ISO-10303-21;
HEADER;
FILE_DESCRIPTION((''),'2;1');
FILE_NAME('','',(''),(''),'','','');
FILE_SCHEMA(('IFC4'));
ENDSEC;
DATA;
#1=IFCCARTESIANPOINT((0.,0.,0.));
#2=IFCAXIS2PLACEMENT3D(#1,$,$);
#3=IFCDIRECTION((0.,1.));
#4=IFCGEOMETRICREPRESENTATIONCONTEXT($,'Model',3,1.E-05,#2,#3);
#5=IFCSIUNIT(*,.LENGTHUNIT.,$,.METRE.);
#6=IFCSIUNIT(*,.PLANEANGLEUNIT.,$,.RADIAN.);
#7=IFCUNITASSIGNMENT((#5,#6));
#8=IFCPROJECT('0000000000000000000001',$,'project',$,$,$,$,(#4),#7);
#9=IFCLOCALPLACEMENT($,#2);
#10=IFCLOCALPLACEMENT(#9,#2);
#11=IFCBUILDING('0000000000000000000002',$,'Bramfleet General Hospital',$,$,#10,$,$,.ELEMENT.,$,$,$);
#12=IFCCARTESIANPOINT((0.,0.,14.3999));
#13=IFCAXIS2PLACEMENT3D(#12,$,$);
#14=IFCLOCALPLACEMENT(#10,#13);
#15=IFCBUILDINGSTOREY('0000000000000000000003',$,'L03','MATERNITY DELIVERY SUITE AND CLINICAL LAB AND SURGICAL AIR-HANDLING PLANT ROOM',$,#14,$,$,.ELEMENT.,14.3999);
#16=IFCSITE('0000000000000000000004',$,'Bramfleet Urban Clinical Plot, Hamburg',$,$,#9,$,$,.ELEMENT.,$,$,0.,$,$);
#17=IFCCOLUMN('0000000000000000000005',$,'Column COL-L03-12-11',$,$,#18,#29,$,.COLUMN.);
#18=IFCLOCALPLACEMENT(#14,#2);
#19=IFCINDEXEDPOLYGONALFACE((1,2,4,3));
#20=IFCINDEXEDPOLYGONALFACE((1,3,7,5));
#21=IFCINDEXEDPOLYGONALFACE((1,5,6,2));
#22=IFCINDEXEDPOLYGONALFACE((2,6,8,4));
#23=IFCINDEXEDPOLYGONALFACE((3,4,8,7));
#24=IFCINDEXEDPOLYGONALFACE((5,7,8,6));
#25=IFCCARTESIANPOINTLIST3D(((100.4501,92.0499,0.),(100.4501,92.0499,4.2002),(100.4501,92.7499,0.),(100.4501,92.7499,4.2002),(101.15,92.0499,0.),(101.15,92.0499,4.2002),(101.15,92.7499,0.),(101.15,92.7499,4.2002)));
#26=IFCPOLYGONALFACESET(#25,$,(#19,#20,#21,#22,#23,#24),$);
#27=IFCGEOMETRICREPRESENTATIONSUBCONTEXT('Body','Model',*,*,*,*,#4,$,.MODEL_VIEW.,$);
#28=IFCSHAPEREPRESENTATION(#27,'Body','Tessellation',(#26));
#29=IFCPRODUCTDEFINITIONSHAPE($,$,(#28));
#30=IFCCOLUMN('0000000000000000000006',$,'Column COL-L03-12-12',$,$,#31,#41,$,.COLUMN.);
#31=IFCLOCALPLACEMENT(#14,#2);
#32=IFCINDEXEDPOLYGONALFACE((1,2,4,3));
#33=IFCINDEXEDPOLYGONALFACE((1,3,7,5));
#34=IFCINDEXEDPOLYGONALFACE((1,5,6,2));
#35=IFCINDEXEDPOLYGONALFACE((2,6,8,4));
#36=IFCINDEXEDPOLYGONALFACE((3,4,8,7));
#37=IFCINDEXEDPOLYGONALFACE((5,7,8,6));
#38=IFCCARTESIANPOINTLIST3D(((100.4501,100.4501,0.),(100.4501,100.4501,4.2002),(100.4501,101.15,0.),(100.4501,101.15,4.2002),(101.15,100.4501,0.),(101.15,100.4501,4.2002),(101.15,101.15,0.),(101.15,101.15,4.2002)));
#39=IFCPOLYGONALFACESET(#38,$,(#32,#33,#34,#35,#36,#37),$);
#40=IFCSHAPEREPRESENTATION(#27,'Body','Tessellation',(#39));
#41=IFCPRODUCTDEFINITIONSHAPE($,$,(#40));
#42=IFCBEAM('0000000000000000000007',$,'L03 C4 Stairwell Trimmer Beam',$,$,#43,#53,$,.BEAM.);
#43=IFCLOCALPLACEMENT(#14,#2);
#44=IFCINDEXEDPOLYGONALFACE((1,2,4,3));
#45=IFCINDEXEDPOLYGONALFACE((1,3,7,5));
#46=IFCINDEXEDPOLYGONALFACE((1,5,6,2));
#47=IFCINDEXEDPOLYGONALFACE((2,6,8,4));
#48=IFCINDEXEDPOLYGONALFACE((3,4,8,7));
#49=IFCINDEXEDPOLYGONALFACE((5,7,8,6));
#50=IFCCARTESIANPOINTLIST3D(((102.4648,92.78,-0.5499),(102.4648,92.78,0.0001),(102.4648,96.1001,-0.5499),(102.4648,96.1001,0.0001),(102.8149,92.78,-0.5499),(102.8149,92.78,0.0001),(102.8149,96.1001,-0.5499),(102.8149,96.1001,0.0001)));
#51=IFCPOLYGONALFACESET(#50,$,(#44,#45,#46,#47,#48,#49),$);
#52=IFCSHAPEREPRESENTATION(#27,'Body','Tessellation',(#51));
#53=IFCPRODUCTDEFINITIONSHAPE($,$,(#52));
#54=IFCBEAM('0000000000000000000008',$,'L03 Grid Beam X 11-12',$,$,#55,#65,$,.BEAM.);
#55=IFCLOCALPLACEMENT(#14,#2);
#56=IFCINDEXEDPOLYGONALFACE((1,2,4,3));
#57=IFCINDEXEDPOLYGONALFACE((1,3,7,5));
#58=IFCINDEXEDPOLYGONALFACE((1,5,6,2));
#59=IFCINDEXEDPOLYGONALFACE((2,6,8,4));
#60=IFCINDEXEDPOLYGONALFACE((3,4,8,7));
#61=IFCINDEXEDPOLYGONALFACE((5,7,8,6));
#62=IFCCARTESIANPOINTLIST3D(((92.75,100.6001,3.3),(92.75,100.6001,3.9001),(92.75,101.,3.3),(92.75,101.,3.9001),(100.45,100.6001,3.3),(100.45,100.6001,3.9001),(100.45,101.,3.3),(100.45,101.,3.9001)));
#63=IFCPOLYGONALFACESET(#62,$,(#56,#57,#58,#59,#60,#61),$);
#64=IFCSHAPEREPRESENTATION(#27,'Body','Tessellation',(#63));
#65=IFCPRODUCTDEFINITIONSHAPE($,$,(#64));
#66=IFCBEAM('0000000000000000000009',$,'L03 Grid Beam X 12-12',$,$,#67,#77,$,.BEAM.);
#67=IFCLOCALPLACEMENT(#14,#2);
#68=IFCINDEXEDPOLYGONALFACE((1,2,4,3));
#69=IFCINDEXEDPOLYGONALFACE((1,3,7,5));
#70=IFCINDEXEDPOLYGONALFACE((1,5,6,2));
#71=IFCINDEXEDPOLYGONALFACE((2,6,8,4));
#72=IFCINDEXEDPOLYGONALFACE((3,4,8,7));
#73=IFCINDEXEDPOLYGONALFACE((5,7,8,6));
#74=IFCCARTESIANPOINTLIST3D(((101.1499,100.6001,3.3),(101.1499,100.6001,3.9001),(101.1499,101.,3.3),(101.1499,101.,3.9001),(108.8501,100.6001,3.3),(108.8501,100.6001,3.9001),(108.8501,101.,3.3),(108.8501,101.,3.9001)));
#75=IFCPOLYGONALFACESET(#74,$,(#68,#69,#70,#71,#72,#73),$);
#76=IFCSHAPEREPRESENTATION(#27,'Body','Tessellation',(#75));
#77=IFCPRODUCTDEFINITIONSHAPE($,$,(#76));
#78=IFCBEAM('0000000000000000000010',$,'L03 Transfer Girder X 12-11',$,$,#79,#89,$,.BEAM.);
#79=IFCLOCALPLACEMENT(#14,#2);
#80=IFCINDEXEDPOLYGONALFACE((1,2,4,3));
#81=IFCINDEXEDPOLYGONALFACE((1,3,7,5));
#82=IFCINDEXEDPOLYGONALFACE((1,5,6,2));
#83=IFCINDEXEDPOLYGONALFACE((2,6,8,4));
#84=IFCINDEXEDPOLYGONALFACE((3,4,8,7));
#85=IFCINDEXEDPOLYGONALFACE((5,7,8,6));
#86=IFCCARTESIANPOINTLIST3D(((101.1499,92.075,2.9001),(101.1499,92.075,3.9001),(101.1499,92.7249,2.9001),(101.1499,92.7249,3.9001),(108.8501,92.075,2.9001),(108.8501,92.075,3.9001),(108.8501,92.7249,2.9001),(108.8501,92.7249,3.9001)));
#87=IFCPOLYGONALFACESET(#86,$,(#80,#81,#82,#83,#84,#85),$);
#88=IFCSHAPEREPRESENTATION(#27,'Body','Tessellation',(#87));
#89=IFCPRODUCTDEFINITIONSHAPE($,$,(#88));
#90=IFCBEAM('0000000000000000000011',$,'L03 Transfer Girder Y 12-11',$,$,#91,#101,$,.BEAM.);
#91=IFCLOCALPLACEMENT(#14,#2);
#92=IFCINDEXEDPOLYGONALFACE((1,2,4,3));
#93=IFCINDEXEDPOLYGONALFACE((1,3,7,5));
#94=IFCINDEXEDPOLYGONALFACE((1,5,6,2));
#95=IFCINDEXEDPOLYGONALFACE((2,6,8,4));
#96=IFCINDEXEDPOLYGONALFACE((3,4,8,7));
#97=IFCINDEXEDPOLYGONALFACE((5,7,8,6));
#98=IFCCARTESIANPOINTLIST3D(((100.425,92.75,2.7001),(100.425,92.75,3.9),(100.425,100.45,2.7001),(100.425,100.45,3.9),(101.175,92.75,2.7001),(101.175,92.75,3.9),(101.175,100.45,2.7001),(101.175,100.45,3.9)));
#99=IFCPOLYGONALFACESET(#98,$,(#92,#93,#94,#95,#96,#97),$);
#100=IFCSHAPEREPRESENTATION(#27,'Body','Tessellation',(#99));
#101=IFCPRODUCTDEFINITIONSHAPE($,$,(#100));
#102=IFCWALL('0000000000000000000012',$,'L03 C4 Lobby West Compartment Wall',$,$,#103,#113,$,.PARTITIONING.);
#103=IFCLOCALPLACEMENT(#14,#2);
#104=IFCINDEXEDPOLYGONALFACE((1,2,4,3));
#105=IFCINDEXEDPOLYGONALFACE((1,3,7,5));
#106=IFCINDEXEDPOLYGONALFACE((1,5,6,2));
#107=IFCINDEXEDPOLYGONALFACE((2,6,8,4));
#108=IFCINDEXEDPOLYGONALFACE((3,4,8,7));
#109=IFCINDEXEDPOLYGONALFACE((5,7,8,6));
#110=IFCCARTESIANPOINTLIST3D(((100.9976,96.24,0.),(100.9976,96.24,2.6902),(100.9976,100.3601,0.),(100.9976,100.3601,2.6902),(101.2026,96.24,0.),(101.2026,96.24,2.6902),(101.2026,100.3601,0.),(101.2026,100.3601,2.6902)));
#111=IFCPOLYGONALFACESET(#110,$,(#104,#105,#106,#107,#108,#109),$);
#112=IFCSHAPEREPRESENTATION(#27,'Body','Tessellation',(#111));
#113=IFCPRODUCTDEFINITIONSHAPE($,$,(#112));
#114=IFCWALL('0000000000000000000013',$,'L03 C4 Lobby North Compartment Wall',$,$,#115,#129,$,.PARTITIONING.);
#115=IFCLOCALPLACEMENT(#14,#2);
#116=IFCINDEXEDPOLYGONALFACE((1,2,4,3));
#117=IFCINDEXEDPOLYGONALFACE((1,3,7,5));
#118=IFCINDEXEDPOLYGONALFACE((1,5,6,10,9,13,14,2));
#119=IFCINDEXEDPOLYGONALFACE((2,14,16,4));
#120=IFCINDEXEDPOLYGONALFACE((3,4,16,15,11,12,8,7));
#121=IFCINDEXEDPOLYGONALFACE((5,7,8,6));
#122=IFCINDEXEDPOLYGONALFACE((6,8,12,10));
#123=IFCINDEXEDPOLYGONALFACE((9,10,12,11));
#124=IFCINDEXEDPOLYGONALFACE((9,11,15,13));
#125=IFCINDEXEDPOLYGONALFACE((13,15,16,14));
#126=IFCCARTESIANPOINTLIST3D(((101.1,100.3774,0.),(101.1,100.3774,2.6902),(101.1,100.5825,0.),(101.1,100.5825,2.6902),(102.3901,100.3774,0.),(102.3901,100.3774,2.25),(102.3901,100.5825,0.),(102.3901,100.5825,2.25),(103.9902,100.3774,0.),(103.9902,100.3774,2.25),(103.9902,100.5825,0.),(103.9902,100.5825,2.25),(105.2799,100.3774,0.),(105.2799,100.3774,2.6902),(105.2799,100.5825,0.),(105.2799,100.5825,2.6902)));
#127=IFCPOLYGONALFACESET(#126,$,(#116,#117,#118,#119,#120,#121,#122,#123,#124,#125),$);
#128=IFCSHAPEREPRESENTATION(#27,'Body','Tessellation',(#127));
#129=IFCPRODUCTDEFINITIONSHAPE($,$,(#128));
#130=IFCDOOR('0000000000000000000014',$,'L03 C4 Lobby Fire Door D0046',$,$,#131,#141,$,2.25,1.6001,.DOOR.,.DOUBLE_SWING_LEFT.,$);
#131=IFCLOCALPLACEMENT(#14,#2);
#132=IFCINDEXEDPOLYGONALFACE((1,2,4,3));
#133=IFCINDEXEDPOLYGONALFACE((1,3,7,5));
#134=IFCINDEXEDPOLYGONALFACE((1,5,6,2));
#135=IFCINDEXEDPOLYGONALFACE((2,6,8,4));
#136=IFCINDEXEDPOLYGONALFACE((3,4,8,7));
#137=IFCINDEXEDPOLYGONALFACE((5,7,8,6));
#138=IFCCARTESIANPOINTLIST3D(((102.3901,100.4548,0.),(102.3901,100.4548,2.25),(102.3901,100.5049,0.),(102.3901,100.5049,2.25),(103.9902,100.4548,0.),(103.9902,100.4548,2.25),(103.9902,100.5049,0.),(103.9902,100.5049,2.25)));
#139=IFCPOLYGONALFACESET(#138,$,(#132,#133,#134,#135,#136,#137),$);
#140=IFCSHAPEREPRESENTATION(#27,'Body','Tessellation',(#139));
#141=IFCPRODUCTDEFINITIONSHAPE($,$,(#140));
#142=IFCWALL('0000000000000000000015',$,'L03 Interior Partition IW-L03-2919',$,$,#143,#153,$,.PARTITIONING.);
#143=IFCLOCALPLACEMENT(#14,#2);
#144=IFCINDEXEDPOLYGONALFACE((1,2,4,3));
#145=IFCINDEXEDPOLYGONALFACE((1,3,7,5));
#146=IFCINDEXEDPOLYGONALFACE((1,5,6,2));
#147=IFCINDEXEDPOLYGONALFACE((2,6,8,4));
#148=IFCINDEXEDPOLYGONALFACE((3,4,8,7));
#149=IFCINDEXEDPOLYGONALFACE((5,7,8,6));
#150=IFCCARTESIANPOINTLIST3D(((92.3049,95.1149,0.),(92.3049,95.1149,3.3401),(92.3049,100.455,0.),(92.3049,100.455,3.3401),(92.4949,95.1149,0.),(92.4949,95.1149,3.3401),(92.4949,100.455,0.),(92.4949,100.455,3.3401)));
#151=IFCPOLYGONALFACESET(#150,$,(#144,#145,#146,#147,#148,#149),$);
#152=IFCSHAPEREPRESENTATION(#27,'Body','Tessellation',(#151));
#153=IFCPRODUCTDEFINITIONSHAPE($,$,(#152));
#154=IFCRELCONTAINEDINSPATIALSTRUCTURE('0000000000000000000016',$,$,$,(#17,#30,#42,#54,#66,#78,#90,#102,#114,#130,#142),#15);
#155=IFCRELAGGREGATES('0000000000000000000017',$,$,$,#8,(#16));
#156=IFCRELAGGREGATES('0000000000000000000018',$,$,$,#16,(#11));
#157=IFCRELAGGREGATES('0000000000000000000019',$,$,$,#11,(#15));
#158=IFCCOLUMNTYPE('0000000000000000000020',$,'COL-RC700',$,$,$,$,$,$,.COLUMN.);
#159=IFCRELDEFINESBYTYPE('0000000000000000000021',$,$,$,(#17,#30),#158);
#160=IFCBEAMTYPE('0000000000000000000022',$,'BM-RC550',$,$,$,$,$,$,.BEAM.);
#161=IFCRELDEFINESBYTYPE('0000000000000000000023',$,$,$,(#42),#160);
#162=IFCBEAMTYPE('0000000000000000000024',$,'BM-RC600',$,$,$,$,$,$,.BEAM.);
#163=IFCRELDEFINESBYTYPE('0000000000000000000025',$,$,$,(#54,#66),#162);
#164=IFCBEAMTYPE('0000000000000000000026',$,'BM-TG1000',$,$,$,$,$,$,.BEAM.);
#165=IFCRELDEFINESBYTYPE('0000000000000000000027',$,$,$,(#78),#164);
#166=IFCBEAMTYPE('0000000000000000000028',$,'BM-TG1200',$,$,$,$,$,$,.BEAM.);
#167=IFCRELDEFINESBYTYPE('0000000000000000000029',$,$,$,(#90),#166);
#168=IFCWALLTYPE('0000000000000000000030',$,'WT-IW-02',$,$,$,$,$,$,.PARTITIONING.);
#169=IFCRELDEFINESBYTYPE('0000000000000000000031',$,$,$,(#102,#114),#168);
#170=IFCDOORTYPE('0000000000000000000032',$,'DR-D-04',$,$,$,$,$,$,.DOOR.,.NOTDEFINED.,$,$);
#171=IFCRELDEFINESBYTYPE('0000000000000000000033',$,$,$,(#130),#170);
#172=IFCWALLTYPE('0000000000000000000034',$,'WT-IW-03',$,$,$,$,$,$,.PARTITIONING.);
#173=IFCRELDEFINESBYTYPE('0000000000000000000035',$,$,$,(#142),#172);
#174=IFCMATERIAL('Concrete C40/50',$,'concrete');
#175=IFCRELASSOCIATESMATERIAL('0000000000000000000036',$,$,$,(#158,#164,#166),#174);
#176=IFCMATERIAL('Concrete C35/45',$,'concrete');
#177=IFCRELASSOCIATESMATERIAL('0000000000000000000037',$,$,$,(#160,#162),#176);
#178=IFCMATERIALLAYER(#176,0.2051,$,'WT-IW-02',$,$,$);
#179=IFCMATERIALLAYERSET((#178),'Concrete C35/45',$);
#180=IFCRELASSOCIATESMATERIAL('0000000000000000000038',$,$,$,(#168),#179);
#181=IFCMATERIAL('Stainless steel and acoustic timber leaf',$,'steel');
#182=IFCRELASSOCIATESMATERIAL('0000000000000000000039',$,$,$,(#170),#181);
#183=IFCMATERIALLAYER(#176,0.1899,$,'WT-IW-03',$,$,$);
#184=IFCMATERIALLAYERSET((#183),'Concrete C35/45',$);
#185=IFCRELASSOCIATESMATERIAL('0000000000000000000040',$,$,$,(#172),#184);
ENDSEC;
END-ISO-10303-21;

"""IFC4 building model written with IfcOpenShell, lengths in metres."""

from ifc_helpers import new_model, si_unit, direction, frame, frame_2d, origin, origin_2d, place, context, subcontext, project, spatial, rectangle, extrude, material, layer, layer_set, material_profile, profile_set, type_object, element, fill, save


model = new_model("IFC4")

# Units and contexts
model_context = context("Model", 3, precision=1e-05, world=origin(), true_north=direction((0.0, 1.0)))
body_context = subcontext(model_context, "Body", "Model", "MODEL_VIEW")
ifc_project = project(units=[si_unit("LENGTHUNIT", "METRE"), si_unit("PLANEANGLEUNIT", "RADIAN")], contexts=[model_context])

# Site, building, storey
site_placement = place(None, origin())
site = spatial("IfcSite", under=ifc_project, at=site_placement, Name="Bramfleet Urban Clinical Plot, Hamburg", CompositionType="ELEMENT", RefElevation=0.0)
building_placement = place(site_placement, origin())
building = spatial("IfcBuilding", under=site, at=building_placement, Name="Bramfleet General Hospital", CompositionType="ELEMENT")
storey_placement = place(building_placement, frame((0.0, 0.0, 14.3999)))
storey = spatial("IfcBuildingStorey", under=building, at=storey_placement, Name="L03", Description="MATERNITY DELIVERY SUITE AND CLINICAL LAB AND SURGICAL AIR-HANDLING PLANT ROOM", CompositionType="ELEMENT", Elevation=14.3999)

# Columns
ifc_material_1 = material(Name="Concrete C40/50", Category="concrete")
ifc_material_profile_1 = material_profile(ifc_material_1, rectangle(XDim=0.7, YDim=0.7, at=origin_2d()), Name="RC COL 700x700")
ifc_profile_set_1 = profile_set([ifc_material_profile_1], Name="Concrete C40/50")
column_type = type_object("IfcColumnType", Name="COL-RC700", PredefinedType="COLUMN", material=ifc_profile_set_1)
for number, where, z_axis, x_axis, name in (
    (1, (100.8, 92.3999, 0.0), (0.0, 0.0, 1.0), (1.0, 0.0, 0.0), "Column COL-L03-12-11"),
    (2, (100.8, 100.8, 0.0), (0.0, 0.0, 1.0), (1.0, 0.0, 0.0), "Column COL-L03-12-12"),
):
    element("IfcColumn", number, at=place(storey_placement, frame(where, z_axis=z_axis, x_axis=x_axis)), inside=storey, type_object=column_type, Name=name, PredefinedType="COLUMN", context=body_context, shape_type="SweptSolid", body=[
        extrude(rectangle(XDim=0.7, YDim=0.7, at=origin_2d()), origin(), (0.0, 0.0, 1.0), 4.2002),
    ])

# Beams
ifc_material_2 = material(Name="Concrete C35/45", Category="concrete")
ifc_material_profile_2 = material_profile(ifc_material_2, rectangle(XDim=0.3501, YDim=0.55, at=origin_2d()), Name="RC BM 550x350")
ifc_profile_set_2 = profile_set([ifc_material_profile_2], Name="Concrete C35/45")
beam_type_1 = type_object("IfcBeamType", Name="BM-RC550", PredefinedType="BEAM", material=ifc_profile_set_2)
beam_1_placement = place(storey_placement, frame((102.6399, 92.78, -0.2749), z_axis=(0.0, 1.0, 0.0), x_axis=(-1.0, 0.0, 0.0)))
element("IfcBeam", 3, at=beam_1_placement, inside=storey, type_object=beam_type_1, Name="L03 C4 Stairwell Trimmer Beam", PredefinedType="BEAM", context=body_context, shape_type="SweptSolid", body=[
    extrude(rectangle(XDim=0.3501, YDim=0.55, at=origin_2d()), origin(), (0.0, 0.0, 1.0), 3.3201),
])
ifc_material_profile_3 = material_profile(ifc_material_2, rectangle(XDim=0.3999, YDim=0.6001, at=origin_2d()), Name="RC BM 600x400")
ifc_profile_set_3 = profile_set([ifc_material_profile_3], Name="Concrete C35/45")
beam_type_2 = type_object("IfcBeamType", Name="BM-RC600", PredefinedType="BEAM", material=ifc_profile_set_3)
beam_2_placement = place(storey_placement, frame((92.75, 100.8, 3.6001), z_axis=(1.0, 0.0, 0.0), x_axis=(0.0, 1.0, 0.0)))
element("IfcBeam", 4, at=beam_2_placement, inside=storey, type_object=beam_type_2, Name="L03 Grid Beam X 11-12", PredefinedType="BEAM", context=body_context, shape_type="SweptSolid", body=[
    extrude(rectangle(XDim=0.3999, YDim=0.6001, at=origin_2d()), origin(), (0.0, 0.0, 1.0), 7.7),
])
beam_3_placement = place(storey_placement, frame((101.1499, 100.8, 3.6001), z_axis=(1.0, 0.0, 0.0), x_axis=(0.0, 1.0, 0.0)))
element("IfcBeam", 5, at=beam_3_placement, inside=storey, type_object=beam_type_2, Name="L03 Grid Beam X 12-12", PredefinedType="BEAM", context=body_context, shape_type="SweptSolid", body=[
    extrude(rectangle(XDim=0.3999, YDim=0.6001, at=origin_2d()), origin(), (0.0, 0.0, 1.0), 7.7002),
])
ifc_material_profile_4 = material_profile(ifc_material_1, rectangle(XDim=0.6499, YDim=1.0, at=origin_2d()), Name="RC TG 1000x650")
ifc_profile_set_4 = profile_set([ifc_material_profile_4], Name="Concrete C40/50")
beam_type_3 = type_object("IfcBeamType", Name="BM-TG1000", PredefinedType="BEAM", material=ifc_profile_set_4)
beam_4_placement = place(storey_placement, frame((101.1499, 92.3999, 3.4001), z_axis=(1.0, 0.0, 0.0), x_axis=(0.0, 1.0, 0.0)))
element("IfcBeam", 6, at=beam_4_placement, inside=storey, type_object=beam_type_3, Name="L03 Transfer Girder X 12-11", PredefinedType="BEAM", context=body_context, shape_type="SweptSolid", body=[
    extrude(rectangle(XDim=0.6499, YDim=1.0, at=origin_2d()), origin(), (0.0, 0.0, 1.0), 7.7002),
])
ifc_material_profile_5 = material_profile(ifc_material_1, rectangle(XDim=0.75, YDim=1.2, at=origin_2d()), Name="RC TG 1200x750")
ifc_profile_set_5 = profile_set([ifc_material_profile_5], Name="Concrete C40/50")
beam_type_4 = type_object("IfcBeamType", Name="BM-TG1200", PredefinedType="BEAM", material=ifc_profile_set_5)
beam_5_placement = place(storey_placement, frame((100.8, 92.75, 3.3), z_axis=(0.0, 1.0, 0.0), x_axis=(-1.0, 0.0, 0.0)))
element("IfcBeam", 7, at=beam_5_placement, inside=storey, type_object=beam_type_4, Name="L03 Transfer Girder Y 12-11", PredefinedType="BEAM", context=body_context, shape_type="SweptSolid", body=[
    extrude(rectangle(XDim=0.75, YDim=1.2, at=origin_2d()), origin(), (0.0, 0.0, 1.0), 7.7),
])

# Wall
ifc_layer_1 = layer(ifc_material_2, 0.2051, Name="WT-IW-02")
ifc_layer_set_1 = layer_set([ifc_layer_1], Name="Concrete C35/45")
wall_type_1 = type_object("IfcWallType", Name="WT-IW-02", PredefinedType="PARTITIONING", material=ifc_layer_set_1)
wall_1_placement = place(storey_placement, frame((101.1001, 96.24, 0.0), z_axis=(0.0, 0.0, 1.0), x_axis=(0.0, 1.0, 0.0)))
element("IfcWall", 8, at=wall_1_placement, inside=storey, type_object=wall_type_1, Name="L03 C4 Lobby West Compartment Wall", PredefinedType="PARTITIONING", context=body_context, shape_type="SweptSolid", body=[
    extrude(rectangle(XDim=4.1201, YDim=0.2051, at=frame_2d((2.0601, 0.0))), origin(), (0.0, 0.0, 1.0), 2.6902),
])

# Wall, opening, door
wall_2_placement = place(storey_placement, frame((101.1001, 100.48, 0.0), z_axis=(0.0, 0.0, 1.0), x_axis=(1.0, 0.0, 0.0)))
wall_2 = element("IfcWall", 9, at=wall_2_placement, inside=storey, type_object=wall_type_1, Name="L03 C4 Lobby North Compartment Wall", PredefinedType="PARTITIONING", context=body_context, shape_type="SweptSolid", body=[
    extrude(rectangle(XDim=4.1799, YDim=0.2051, at=frame_2d((2.0898, 0.0))), origin(), (0.0, 0.0, 1.0), 2.6902),
])
opening_1_placement = place(wall_2_placement, frame((1.29, 0.0, 0.0)))
opening_1 = element("IfcOpeningElement", 10, at=opening_1_placement, cuts=wall_2, PredefinedType="OPENING", context=body_context, shape_type="SweptSolid", body=[
    extrude(rectangle(XDim=1.6001, YDim=2.25, at=frame_2d((0.8, 1.125))), frame((0.0, 0.1125, 0.0), z_axis=(0.0, -1.0, 0.0), x_axis=(1.0, 0.0, 0.0)), (0.0, 0.0, 1.0), 0.2251),
])
ifc_material_3 = material(Name="Stainless steel and acoustic timber leaf", Category="steel")
door_type_1 = type_object("IfcDoorType", Name="DR-D-04", OperationType="NOTDEFINED", PredefinedType="DOOR", material=ifc_material_3)
door_1_placement = place(opening_1_placement, origin())
door_1 = element("IfcDoor", 11, at=door_1_placement, inside=storey, type_object=door_type_1, Name="L03 C4 Lobby Fire Door D0046", OperationType="DOUBLE_SWING_LEFT", OverallHeight=2.25, OverallWidth=1.6001, PredefinedType="DOOR", context=body_context, shape_type="SweptSolid", body=[
    extrude(rectangle(XDim=1.6001, YDim=2.25, at=frame_2d((0.8, 1.125))), frame((0.0, 0.0249, 0.0), z_axis=(0.0, -1.0, 0.0), x_axis=(1.0, 0.0, 0.0)), (0.0, 0.0, 1.0), 0.05),
])
fill(opening_1, door_1)

# Wall
ifc_layer_2 = layer(ifc_material_2, 0.1899, Name="WT-IW-03")
ifc_layer_set_2 = layer_set([ifc_layer_2], Name="Concrete C35/45")
wall_type_2 = type_object("IfcWallType", Name="WT-IW-03", PredefinedType="PARTITIONING", material=ifc_layer_set_2)
wall_3_placement = place(storey_placement, frame((92.3999, 95.115, 0.0), z_axis=(0.0, 0.0, 1.0), x_axis=(0.0, 1.0, 0.0)))
element("IfcWall", 12, at=wall_3_placement, inside=storey, type_object=wall_type_2, Name="L03 Interior Partition IW-L03-2919", PredefinedType="PARTITIONING", context=body_context, shape_type="SweptSolid", body=[
    extrude(rectangle(XDim=5.3401, YDim=0.1899, at=frame_2d((2.6699, 0.0))), origin(), (0.0, 0.0, 1.0), 3.3401),
])

save(model, "model.ifc")
